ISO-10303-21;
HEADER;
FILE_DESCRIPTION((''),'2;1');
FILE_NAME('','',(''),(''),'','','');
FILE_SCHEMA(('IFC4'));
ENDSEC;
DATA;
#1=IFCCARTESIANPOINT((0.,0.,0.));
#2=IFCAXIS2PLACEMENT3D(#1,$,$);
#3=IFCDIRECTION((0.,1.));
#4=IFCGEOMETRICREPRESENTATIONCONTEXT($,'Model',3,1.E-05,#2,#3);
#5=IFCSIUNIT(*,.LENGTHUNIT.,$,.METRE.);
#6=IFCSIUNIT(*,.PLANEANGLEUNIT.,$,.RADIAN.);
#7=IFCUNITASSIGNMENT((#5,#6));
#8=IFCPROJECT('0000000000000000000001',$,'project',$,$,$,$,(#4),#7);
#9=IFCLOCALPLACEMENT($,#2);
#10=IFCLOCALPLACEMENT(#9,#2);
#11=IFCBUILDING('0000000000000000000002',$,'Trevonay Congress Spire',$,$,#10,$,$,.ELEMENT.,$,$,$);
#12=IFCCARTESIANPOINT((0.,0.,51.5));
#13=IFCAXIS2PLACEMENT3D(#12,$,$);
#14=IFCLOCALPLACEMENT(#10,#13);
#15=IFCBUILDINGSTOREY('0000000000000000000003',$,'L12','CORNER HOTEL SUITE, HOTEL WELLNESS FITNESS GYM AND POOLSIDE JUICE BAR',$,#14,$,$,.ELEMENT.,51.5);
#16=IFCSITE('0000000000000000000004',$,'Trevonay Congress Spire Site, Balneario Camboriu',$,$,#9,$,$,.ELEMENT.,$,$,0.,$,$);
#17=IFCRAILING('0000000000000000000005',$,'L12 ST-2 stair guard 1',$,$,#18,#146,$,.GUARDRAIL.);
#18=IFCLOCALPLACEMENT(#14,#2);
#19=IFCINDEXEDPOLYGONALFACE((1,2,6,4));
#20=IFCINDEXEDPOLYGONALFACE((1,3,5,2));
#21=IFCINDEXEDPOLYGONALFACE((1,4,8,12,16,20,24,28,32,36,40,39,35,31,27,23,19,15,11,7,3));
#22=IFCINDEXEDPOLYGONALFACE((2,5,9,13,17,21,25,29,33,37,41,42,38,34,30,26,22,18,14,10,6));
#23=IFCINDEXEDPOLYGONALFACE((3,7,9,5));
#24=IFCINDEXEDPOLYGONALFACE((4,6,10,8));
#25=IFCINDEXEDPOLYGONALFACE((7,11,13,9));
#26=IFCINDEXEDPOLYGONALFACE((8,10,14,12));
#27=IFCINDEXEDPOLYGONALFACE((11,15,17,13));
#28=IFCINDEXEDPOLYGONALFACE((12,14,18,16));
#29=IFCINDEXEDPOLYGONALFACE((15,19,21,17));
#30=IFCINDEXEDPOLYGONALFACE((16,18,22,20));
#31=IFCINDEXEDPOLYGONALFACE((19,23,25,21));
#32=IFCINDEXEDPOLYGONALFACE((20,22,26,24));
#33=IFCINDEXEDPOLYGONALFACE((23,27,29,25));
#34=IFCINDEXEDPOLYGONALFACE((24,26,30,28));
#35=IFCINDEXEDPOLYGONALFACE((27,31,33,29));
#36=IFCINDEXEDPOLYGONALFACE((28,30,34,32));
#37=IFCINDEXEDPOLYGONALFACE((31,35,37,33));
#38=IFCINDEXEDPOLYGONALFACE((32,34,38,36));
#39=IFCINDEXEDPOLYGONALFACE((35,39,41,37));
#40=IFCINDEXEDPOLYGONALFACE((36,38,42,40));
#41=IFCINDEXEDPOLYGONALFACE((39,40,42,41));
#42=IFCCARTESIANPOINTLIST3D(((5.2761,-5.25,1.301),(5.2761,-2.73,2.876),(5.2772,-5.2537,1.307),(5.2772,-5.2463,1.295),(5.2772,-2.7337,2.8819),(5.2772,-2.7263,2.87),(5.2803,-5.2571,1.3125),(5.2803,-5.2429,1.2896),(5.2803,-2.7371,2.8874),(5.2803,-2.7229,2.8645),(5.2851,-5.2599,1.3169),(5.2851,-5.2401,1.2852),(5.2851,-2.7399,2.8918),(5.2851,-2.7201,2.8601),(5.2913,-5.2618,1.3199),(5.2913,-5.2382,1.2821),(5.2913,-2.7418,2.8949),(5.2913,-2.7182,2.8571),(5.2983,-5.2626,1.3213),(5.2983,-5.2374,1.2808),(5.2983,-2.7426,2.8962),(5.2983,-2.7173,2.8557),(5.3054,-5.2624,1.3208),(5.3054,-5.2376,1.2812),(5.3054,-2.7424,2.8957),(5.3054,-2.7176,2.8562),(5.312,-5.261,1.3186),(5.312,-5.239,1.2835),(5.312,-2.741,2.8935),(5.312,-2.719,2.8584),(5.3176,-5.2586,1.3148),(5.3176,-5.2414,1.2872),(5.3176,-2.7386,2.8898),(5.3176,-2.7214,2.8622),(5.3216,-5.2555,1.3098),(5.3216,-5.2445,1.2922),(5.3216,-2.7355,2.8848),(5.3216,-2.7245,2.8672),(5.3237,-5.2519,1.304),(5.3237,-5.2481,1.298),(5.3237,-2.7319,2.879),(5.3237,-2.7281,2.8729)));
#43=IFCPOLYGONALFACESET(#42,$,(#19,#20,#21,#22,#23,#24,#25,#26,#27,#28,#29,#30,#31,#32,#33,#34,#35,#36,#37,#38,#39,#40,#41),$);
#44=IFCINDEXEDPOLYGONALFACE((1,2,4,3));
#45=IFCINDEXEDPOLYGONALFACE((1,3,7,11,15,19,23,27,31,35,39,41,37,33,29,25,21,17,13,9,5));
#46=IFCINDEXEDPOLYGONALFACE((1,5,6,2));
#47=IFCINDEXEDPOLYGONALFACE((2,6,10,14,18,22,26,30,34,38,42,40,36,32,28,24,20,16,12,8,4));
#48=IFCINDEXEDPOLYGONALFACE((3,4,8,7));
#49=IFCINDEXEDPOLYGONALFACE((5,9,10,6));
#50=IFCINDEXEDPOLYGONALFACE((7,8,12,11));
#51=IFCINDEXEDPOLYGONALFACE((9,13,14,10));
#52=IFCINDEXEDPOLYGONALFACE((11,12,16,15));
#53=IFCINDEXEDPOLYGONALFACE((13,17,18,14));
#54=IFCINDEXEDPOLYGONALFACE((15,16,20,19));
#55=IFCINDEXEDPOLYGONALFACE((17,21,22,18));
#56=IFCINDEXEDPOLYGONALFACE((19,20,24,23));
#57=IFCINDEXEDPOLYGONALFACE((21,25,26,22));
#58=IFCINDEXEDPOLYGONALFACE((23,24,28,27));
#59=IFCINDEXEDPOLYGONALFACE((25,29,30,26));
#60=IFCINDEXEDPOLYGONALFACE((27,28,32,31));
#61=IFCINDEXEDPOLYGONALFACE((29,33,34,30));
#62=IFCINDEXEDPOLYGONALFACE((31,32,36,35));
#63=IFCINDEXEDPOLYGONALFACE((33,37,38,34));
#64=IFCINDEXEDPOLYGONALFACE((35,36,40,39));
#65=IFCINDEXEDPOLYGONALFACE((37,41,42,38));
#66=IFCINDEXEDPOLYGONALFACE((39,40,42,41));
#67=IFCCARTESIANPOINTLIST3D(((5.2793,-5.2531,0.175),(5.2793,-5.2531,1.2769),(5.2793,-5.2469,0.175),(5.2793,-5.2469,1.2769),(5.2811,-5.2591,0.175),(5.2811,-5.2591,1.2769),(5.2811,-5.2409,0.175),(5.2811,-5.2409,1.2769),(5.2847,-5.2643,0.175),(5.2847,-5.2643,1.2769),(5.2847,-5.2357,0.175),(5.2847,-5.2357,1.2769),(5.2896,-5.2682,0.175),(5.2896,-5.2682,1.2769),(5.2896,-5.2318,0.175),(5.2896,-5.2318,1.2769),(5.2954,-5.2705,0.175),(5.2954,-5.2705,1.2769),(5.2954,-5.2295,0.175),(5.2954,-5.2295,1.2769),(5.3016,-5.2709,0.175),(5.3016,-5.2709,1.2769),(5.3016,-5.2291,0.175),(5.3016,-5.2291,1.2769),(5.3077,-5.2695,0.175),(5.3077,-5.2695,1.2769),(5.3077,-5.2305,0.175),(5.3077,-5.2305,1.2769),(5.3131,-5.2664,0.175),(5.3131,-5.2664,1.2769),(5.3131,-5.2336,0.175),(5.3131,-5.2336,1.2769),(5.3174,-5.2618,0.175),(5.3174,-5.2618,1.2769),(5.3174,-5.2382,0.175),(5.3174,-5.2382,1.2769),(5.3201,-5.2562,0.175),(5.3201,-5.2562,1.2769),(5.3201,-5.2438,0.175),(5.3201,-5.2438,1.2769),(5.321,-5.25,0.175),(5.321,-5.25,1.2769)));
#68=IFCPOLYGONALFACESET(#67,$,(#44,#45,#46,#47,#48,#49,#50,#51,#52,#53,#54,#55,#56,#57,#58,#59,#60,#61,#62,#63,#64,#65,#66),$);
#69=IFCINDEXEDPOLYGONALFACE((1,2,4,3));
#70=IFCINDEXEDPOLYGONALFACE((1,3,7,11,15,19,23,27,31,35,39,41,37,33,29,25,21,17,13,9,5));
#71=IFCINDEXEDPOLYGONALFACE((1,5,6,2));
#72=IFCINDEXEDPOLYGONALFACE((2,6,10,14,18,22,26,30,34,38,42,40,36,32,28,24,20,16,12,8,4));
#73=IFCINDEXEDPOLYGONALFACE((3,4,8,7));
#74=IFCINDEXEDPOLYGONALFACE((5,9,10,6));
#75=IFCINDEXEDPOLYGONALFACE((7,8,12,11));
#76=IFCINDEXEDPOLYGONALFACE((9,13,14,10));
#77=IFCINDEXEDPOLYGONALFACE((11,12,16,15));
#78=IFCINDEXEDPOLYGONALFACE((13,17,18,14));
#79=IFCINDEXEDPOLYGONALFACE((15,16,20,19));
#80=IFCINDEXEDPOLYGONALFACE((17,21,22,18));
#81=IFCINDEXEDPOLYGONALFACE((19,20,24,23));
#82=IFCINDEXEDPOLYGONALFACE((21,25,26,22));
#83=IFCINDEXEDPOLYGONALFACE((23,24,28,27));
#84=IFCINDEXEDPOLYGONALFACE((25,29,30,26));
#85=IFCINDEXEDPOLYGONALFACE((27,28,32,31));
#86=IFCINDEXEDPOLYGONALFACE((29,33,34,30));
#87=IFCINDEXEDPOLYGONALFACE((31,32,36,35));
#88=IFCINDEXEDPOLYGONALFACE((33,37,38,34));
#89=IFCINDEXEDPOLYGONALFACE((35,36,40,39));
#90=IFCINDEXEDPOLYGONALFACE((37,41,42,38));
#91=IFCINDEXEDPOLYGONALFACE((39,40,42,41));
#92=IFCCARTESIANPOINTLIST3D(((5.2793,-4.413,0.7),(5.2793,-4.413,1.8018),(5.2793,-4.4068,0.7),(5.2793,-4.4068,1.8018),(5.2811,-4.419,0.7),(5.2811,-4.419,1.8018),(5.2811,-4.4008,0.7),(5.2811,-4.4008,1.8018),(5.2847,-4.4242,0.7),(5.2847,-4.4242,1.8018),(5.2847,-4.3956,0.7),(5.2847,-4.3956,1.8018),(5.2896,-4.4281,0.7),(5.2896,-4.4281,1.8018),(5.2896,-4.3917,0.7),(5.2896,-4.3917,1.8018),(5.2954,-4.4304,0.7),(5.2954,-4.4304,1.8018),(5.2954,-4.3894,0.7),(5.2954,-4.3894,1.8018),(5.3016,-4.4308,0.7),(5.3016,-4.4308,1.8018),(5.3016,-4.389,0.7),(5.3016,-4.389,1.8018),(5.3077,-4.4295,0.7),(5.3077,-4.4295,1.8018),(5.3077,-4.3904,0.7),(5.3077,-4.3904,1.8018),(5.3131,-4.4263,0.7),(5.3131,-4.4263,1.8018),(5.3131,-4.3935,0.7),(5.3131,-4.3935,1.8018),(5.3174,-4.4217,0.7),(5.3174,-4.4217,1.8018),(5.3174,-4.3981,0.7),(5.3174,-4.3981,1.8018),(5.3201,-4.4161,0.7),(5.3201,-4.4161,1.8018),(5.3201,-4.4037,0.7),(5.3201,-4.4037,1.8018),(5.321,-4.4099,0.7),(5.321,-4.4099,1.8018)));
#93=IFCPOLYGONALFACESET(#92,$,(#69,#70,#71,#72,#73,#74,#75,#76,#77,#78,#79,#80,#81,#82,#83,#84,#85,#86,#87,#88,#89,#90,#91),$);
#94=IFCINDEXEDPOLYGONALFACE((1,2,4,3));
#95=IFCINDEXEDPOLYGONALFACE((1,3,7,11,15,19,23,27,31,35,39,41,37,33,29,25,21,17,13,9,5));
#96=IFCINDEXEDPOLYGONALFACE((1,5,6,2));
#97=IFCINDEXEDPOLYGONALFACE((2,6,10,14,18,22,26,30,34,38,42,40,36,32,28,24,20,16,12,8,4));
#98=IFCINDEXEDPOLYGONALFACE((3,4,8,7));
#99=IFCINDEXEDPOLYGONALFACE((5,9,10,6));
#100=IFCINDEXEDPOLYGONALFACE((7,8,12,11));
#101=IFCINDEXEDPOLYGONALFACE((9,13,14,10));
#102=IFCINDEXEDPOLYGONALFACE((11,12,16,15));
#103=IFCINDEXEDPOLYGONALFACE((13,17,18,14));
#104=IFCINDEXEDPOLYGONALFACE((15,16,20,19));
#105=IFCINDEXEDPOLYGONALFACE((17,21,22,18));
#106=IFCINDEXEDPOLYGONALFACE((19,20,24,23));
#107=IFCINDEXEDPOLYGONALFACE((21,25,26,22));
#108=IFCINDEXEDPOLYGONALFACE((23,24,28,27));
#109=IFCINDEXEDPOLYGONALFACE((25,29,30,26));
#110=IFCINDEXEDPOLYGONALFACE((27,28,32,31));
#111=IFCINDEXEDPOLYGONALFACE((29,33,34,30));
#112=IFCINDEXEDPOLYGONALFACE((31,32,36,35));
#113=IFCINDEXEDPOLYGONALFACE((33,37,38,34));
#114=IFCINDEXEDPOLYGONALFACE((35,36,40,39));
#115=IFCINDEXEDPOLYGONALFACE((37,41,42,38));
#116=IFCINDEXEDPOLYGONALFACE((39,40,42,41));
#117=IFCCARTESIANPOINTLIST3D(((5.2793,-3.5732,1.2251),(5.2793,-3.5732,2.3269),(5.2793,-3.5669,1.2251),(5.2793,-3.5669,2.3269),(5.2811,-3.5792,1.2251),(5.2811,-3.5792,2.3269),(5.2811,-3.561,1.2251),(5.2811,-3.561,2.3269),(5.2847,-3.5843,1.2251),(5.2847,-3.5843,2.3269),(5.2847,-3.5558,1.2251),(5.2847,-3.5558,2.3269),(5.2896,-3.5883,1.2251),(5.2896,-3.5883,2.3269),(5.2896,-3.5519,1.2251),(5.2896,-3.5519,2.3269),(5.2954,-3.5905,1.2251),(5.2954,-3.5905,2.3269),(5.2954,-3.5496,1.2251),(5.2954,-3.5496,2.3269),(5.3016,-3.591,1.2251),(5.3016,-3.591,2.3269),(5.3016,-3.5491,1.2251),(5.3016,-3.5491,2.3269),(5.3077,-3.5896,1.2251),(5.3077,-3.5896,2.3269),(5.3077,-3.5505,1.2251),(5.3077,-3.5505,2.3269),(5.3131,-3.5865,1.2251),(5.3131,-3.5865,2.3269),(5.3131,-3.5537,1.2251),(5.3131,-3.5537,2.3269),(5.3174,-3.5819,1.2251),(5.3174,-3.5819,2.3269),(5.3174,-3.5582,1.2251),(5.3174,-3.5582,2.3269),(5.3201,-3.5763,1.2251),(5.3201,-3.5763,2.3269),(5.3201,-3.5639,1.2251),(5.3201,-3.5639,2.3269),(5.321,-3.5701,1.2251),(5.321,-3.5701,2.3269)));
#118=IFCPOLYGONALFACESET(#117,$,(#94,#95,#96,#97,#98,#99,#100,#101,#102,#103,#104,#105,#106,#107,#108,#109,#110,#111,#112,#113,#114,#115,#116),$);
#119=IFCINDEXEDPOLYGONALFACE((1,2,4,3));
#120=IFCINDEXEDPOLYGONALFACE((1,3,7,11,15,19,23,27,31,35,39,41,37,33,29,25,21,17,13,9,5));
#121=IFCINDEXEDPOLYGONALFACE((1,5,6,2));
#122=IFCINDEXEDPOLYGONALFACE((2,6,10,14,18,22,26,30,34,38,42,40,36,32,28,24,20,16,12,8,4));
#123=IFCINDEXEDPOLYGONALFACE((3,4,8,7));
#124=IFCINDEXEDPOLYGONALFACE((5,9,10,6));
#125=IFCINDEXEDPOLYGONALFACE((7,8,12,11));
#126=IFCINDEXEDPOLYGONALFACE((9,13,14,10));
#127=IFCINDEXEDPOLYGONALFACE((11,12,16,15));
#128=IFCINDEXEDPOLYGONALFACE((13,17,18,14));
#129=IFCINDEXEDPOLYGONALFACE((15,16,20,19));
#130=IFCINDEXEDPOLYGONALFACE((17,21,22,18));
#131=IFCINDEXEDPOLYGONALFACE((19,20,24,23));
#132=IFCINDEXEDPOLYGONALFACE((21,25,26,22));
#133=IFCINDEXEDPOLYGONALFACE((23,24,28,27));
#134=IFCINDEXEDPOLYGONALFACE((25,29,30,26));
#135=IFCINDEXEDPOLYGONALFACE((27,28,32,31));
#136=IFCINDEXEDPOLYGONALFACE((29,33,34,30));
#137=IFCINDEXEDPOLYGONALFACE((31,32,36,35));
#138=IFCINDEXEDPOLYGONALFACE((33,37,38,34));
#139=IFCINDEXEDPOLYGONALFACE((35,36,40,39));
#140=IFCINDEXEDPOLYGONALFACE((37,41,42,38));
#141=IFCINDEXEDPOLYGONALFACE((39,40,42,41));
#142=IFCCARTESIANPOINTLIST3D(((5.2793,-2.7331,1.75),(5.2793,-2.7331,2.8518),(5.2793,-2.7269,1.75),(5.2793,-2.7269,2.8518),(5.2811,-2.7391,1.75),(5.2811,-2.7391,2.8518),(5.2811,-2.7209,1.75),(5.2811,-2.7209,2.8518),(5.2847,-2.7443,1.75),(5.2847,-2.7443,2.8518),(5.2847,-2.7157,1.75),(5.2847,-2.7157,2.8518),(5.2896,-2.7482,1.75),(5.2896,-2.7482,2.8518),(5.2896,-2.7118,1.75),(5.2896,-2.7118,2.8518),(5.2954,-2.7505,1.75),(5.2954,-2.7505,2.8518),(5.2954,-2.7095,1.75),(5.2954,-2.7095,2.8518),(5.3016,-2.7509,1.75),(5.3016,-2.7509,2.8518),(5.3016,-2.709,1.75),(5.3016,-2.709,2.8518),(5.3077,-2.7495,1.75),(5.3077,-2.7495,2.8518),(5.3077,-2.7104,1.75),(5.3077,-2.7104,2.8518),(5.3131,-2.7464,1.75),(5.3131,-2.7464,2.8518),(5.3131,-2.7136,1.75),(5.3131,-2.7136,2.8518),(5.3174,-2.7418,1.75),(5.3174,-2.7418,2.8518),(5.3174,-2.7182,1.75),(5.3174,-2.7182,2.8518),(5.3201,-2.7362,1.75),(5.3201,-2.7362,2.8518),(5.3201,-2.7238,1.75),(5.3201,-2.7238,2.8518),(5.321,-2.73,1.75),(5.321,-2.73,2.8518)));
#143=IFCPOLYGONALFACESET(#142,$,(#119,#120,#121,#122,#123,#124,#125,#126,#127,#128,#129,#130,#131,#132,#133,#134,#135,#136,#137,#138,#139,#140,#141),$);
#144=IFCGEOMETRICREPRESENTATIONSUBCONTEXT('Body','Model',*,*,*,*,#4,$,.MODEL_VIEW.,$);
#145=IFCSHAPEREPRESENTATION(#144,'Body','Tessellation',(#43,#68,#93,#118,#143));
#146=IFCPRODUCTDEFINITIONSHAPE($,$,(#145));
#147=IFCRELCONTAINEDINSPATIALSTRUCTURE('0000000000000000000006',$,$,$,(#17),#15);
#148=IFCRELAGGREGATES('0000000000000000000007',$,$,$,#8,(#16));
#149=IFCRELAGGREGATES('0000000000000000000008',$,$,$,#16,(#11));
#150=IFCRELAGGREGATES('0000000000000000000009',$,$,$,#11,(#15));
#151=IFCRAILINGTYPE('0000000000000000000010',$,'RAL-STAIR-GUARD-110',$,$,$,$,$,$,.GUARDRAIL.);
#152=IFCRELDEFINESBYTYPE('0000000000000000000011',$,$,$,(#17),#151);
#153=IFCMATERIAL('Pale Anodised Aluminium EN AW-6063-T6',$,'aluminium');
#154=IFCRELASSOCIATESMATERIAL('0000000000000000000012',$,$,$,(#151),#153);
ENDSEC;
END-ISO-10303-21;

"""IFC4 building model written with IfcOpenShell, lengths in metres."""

from ifc_helpers import new_model, si_unit, direction, frame, origin, origin_2d, place, context, subcontext, project, spatial, circle, extrude, material, type_object, element, save


model = new_model("IFC4")

# Units and contexts
model_context = context("Model", 3, precision=1e-05, world=origin(), true_north=direction((0.0, 1.0)))
body_context = subcontext(model_context, "Body", "Model", "MODEL_VIEW")
ifc_project = project(units=[si_unit("LENGTHUNIT", "METRE"), si_unit("PLANEANGLEUNIT", "RADIAN")], contexts=[model_context])

# Site, building, storey
site_placement = place(None, origin())
site = spatial("IfcSite", under=ifc_project, at=site_placement, Name="Trevonay Congress Spire Site, Balneario Camboriu", CompositionType="ELEMENT", RefElevation=0.0)
building_placement = place(site_placement, origin())
building = spatial("IfcBuilding", under=site, at=building_placement, Name="Trevonay Congress Spire", CompositionType="ELEMENT")
storey_placement = place(building_placement, frame((0.0, 0.0, 51.5)))
storey = spatial("IfcBuildingStorey", under=building, at=storey_placement, Name="L12", Description="CORNER HOTEL SUITE, HOTEL WELLNESS FITNESS GYM AND POOLSIDE JUICE BAR", CompositionType="ELEMENT", Elevation=51.5)

# Railing
ifc_material_1 = material(Name="Pale Anodised Aluminium EN AW-6063-T6", Category="aluminium")
railing_type_1 = type_object("IfcRailingType", Name="RAL-STAIR-GUARD-110", PredefinedType="GUARDRAIL", material=ifc_material_1)
railing_1_placement = place(storey_placement, frame((5.3, -5.25, 0.175)))
element("IfcRailing", 1, at=railing_1_placement, inside=storey, type_object=railing_type_1, Name="L12 ST-2 stair guard 1", PredefinedType="GUARDRAIL", context=body_context, shape_type="SweptSolid", body=[
    extrude(circle(Radius=0.0239, at=origin_2d()), frame((0.0, 0.0, 1.126), z_axis=(0.0, 0.848008, 0.529984), x_axis=(-1.0, 0.0, 0.0)), (0.0, 0.0, 1.0), 2.9717),
    extrude(circle(Radius=0.021, at=origin_2d()), origin(), (0.0, 0.0, 1.0), 1.1018),
    extrude(circle(Radius=0.021, at=origin_2d()), frame((0.0, 0.8401, 0.5249)), (0.0, 0.0, 1.0), 1.1018),
    extrude(circle(Radius=0.021, at=origin_2d()), frame((0.0, 1.6799, 1.05)), (0.0, 0.0, 1.0), 1.1018),
    extrude(circle(Radius=0.021, at=origin_2d()), frame((0.0, 2.52, 1.575)), (0.0, 0.0, 1.0), 1.1018),
])

save(model, "model.ifc")
